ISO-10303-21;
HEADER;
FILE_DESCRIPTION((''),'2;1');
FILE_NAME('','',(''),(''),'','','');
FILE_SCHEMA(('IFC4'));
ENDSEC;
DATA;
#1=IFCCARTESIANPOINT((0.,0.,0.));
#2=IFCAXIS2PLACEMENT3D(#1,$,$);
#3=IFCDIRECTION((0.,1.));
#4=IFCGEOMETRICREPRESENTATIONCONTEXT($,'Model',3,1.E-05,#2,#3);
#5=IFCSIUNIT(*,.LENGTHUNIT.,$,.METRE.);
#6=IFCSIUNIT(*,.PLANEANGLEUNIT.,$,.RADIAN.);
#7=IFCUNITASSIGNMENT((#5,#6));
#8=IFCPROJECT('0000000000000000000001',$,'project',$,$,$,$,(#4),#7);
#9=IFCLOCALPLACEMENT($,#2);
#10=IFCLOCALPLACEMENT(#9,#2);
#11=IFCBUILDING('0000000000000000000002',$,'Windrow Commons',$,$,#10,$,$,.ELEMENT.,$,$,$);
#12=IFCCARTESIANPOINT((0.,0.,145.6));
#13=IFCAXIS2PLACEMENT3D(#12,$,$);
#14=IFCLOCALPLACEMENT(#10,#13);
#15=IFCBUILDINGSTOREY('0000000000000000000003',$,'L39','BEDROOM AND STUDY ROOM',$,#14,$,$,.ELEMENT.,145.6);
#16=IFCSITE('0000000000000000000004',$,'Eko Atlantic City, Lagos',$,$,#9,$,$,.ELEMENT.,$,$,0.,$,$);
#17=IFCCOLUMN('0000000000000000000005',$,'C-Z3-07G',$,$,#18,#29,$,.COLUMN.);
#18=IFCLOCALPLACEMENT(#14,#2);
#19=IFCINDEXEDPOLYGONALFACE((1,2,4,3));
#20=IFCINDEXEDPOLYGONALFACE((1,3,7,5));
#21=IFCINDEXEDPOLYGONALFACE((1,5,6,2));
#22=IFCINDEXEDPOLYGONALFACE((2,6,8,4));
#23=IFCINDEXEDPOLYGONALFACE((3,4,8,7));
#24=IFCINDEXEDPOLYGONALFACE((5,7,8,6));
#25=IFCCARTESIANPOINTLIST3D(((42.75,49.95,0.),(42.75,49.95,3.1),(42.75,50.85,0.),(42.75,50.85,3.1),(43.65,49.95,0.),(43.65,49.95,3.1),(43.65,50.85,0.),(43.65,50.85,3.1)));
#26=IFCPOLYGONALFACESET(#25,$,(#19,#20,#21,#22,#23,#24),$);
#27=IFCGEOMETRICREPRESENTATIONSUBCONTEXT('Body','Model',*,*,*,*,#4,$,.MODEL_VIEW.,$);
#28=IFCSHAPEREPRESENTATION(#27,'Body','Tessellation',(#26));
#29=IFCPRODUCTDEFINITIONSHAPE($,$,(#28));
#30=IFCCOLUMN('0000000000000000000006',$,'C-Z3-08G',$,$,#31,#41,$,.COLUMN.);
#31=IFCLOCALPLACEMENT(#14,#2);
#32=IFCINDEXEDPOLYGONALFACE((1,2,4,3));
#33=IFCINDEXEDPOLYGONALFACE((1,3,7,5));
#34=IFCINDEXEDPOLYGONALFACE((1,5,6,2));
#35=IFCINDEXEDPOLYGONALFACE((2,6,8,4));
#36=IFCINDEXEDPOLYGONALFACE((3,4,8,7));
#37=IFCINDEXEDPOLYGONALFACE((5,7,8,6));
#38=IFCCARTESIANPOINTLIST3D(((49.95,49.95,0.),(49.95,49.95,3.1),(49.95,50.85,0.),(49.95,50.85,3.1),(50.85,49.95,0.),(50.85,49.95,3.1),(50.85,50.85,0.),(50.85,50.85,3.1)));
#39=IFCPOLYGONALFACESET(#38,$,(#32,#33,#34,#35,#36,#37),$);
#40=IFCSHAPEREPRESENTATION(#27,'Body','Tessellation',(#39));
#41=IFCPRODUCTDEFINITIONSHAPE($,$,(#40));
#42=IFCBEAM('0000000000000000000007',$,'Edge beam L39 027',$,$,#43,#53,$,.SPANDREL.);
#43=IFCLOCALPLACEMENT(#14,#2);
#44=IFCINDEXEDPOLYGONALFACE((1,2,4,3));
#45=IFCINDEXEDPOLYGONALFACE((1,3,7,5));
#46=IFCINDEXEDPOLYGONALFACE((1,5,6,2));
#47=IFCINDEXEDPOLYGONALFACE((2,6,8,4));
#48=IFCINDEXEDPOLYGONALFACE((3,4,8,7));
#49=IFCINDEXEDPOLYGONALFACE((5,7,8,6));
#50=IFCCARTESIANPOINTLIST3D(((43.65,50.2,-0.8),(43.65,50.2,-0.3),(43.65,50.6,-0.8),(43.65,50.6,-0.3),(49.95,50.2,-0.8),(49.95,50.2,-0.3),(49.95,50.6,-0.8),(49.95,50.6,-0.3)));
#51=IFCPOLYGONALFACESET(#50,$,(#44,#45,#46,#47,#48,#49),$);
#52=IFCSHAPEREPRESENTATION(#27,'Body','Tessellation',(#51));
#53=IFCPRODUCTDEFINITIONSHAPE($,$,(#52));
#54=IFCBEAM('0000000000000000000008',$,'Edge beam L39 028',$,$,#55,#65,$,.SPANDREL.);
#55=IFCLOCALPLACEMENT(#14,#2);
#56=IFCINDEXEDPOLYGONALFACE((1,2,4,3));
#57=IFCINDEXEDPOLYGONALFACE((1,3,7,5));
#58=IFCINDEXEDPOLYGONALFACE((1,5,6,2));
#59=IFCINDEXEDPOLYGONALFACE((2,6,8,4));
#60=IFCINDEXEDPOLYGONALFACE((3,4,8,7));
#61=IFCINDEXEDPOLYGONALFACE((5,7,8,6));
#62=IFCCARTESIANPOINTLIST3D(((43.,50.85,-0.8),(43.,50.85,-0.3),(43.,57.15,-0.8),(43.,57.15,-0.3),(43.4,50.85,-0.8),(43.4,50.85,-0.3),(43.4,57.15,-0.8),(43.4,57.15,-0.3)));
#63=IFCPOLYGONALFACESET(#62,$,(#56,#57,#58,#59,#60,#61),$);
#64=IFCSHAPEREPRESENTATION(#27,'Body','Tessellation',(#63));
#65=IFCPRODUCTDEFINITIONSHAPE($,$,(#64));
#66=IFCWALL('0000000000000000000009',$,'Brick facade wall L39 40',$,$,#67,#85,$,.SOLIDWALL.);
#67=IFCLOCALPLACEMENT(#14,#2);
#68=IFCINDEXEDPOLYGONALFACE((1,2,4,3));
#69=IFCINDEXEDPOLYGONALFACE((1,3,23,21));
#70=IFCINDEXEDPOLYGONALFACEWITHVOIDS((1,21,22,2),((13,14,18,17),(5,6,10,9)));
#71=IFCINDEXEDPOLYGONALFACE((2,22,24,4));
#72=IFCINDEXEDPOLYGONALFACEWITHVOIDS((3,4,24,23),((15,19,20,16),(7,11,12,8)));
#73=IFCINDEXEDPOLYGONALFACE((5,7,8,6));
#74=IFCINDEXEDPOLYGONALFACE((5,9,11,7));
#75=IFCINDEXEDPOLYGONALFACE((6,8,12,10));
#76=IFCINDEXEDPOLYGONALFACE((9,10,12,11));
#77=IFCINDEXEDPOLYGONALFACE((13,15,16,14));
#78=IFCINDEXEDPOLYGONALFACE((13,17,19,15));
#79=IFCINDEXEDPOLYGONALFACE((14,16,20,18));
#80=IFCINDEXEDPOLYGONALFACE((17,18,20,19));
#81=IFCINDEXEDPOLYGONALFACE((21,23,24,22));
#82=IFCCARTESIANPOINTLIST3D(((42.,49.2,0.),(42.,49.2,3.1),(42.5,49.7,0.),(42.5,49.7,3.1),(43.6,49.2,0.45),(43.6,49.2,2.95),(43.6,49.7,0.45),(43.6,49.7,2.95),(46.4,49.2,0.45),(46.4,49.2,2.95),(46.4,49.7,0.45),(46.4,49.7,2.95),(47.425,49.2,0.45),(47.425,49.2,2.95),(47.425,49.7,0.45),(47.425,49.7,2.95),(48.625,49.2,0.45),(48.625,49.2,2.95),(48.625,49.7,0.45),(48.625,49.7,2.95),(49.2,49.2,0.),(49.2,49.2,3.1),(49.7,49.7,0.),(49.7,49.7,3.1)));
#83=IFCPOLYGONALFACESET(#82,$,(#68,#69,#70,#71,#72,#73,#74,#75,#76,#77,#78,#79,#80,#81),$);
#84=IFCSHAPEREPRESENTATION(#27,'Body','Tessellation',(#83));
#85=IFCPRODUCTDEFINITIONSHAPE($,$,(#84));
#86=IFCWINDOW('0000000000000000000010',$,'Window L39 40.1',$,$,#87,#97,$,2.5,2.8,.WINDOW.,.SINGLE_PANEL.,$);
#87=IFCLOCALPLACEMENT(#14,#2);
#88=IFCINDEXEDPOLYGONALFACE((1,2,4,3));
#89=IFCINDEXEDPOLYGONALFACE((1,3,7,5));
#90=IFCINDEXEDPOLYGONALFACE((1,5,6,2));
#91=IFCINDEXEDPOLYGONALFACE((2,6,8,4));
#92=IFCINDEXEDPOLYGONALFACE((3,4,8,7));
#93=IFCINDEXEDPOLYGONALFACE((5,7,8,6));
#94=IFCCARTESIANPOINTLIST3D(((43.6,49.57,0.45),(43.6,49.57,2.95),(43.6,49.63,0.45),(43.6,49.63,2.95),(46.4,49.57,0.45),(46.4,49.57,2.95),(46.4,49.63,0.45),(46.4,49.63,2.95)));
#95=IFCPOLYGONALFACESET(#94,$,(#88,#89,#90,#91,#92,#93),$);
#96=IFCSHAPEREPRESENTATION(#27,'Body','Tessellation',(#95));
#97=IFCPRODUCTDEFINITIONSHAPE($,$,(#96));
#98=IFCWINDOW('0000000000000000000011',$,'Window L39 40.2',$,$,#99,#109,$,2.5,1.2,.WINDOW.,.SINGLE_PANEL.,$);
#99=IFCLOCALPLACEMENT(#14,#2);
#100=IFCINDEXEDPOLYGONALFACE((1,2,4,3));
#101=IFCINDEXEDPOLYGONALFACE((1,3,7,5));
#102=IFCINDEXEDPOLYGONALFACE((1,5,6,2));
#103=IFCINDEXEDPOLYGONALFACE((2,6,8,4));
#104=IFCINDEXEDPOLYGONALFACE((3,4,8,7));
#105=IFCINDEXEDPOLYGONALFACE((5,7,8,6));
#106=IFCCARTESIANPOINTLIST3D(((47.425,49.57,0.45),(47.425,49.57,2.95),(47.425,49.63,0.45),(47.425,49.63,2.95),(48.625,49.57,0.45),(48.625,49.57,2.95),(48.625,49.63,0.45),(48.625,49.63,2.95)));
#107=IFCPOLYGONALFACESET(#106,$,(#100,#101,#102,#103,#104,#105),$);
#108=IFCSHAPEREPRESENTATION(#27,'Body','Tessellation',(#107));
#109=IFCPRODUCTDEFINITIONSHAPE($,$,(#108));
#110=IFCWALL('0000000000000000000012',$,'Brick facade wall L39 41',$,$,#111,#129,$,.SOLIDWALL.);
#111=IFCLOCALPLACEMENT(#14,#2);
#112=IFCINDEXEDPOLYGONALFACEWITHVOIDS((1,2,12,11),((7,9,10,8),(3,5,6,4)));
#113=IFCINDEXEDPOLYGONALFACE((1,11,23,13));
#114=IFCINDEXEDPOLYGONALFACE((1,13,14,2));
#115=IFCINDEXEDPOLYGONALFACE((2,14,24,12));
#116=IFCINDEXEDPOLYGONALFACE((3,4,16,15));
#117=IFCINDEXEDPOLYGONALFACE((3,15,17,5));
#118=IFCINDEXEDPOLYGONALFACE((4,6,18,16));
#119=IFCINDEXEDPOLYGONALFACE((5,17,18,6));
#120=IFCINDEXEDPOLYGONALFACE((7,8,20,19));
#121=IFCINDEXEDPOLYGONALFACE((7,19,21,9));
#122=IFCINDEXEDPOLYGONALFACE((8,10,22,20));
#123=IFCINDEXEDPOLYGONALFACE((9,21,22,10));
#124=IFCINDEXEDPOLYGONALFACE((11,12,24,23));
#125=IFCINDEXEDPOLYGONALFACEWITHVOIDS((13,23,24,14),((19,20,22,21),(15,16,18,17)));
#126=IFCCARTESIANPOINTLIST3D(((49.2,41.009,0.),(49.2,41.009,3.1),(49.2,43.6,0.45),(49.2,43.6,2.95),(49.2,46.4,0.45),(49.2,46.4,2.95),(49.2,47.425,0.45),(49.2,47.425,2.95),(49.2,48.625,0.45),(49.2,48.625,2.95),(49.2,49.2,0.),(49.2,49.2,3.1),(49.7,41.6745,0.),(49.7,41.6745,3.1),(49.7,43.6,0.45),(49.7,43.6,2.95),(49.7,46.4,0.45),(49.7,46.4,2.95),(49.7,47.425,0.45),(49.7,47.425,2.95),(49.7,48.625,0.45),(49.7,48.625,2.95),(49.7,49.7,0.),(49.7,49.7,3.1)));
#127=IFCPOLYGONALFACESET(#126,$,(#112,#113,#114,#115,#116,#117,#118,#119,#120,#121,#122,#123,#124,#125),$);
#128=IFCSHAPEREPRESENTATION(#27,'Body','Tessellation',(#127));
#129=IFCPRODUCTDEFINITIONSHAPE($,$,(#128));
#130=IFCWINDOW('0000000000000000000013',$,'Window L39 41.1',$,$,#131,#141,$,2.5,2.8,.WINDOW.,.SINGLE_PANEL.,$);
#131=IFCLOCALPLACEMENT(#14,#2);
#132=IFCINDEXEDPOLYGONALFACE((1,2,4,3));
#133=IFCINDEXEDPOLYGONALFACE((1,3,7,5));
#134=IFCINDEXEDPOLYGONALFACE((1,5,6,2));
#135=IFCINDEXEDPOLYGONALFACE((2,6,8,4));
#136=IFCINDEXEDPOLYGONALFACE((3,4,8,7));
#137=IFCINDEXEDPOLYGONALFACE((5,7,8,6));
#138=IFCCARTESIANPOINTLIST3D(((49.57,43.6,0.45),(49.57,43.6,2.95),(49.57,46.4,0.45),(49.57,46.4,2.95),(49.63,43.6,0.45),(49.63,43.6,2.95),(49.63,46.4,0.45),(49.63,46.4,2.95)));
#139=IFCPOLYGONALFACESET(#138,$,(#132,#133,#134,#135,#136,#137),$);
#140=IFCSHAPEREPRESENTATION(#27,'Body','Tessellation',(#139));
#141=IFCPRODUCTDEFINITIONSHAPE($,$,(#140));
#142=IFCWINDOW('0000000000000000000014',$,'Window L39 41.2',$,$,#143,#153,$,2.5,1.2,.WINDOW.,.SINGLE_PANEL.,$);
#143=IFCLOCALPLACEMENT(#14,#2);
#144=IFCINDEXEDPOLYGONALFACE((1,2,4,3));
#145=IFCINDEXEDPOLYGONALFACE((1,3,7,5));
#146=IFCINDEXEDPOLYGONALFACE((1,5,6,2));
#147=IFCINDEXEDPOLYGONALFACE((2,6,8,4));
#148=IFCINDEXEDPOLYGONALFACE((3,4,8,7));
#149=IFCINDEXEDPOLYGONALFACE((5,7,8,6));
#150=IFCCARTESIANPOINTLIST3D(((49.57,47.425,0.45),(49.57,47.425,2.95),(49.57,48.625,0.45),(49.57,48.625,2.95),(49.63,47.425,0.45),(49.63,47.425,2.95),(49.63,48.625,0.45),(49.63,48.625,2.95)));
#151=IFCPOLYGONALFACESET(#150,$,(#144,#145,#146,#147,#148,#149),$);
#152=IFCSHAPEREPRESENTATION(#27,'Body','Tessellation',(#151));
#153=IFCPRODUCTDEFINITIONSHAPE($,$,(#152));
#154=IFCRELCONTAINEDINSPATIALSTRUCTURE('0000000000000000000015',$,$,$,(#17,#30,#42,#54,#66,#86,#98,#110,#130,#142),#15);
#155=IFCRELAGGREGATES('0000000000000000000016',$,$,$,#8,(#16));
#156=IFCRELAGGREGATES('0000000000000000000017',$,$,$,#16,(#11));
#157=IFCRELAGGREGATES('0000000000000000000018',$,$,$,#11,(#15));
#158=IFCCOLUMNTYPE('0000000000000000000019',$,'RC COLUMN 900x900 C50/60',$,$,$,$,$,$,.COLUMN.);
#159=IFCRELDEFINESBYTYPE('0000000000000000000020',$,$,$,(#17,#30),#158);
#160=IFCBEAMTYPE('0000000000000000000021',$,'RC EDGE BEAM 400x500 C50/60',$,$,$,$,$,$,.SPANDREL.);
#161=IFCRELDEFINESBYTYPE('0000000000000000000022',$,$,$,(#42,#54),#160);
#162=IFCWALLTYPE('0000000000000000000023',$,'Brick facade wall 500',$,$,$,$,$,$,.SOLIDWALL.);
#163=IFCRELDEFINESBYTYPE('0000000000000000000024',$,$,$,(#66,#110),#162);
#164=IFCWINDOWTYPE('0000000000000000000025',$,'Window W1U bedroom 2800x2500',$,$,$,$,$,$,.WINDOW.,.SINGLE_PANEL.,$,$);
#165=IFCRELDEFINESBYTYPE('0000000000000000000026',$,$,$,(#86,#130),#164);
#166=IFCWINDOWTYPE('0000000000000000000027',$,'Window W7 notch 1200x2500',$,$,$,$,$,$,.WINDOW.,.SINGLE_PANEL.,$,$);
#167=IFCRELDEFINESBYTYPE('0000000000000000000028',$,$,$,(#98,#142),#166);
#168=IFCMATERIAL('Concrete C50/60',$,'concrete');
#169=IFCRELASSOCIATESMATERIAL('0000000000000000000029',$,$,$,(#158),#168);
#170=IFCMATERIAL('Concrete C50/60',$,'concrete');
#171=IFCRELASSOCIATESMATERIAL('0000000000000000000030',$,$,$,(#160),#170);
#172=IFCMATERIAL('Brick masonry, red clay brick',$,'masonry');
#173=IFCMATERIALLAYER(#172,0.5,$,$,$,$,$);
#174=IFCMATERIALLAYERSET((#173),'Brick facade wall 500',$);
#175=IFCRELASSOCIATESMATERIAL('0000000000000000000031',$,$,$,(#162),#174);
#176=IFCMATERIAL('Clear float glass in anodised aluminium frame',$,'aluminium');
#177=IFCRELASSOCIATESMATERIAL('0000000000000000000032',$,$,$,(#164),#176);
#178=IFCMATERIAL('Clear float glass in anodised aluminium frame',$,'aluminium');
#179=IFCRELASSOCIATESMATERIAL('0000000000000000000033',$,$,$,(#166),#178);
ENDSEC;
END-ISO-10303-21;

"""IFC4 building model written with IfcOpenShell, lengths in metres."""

from ifc_helpers import new_model, si_unit, direction, frame, frame_2d, origin, origin_2d, place, context, subcontext, project, spatial, polyline, rectangle, outline, extrude, material, layer, layer_set, material_profile, profile_set, type_object, element, fill, save


model = new_model("IFC4")

# Units and contexts
model_context = context("Model", 3, precision=1e-05, world=origin(), true_north=direction((0.0, 1.0)))
body_context = subcontext(model_context, "Body", "Model", "MODEL_VIEW")
ifc_project = project(units=[si_unit("LENGTHUNIT", "METRE"), si_unit("PLANEANGLEUNIT", "RADIAN")], contexts=[model_context])

# Site, building, storey
site_placement = place(None, origin())
site = spatial("IfcSite", under=ifc_project, at=site_placement, Name="Eko Atlantic City, Lagos", CompositionType="ELEMENT", RefElevation=0.0)
building_placement = place(site_placement, origin())
building = spatial("IfcBuilding", under=site, at=building_placement, Name="Windrow Commons", CompositionType="ELEMENT")
storey_placement = place(building_placement, frame((0.0, 0.0, 145.6)))
storey = spatial("IfcBuildingStorey", under=building, at=storey_placement, Name="L39", Description="BEDROOM AND STUDY ROOM", CompositionType="ELEMENT", Elevation=145.6)

# Columns
ifc_material_1 = material(Name="Concrete C50/60", Category="concrete")
ifc_material_profile_1 = material_profile(ifc_material_1, rectangle(XDim=0.9, YDim=0.9, at=origin_2d()))
ifc_profile_set_1 = profile_set([ifc_material_profile_1], Name="Concrete C50/60")
column_type = type_object("IfcColumnType", Name="RC COLUMN 900x900 C50/60", PredefinedType="COLUMN", material=ifc_profile_set_1)
for number, where, z_axis, x_axis, name in (
    (1, (43.2, 50.4, 0.0), (0.0, 0.0, 1.0), (1.0, 0.0, 0.0), "C-Z3-07G"),
    (2, (50.4, 50.4, 0.0), (0.0, 0.0, 1.0), (1.0, 0.0, 0.0), "C-Z3-08G"),
):
    element("IfcColumn", number, at=place(storey_placement, frame(where, z_axis=z_axis, x_axis=x_axis)), inside=storey, type_object=column_type, Name=name, PredefinedType="COLUMN", context=body_context, shape_type="SweptSolid", body=[
        extrude(rectangle(XDim=0.9, YDim=0.9, at=origin_2d()), origin(), (0.0, 0.0, 1.0), 3.1),
    ])

# Beams
ifc_material_2 = material(Name="Concrete C50/60", Category="concrete")
ifc_material_profile_2 = material_profile(ifc_material_2, rectangle(XDim=0.4, YDim=0.5, at=origin_2d()))
ifc_profile_set_2 = profile_set([ifc_material_profile_2], Name="Concrete C50/60")
beam_type = type_object("IfcBeamType", Name="RC EDGE BEAM 400x500 C50/60", PredefinedType="SPANDREL", material=ifc_profile_set_2)
for number, where, z_axis, x_axis, name in (
    (3, (49.95, 50.4, -0.55), (-1.0, 0.0, 0.0), (0.0, -1.0, 0.0), "Edge beam L39 027"),
    (4, (43.2, 50.85, -0.55), (0.0, 1.0, 0.0), (-1.0, 0.0, 0.0), "Edge beam L39 028"),
):
    element("IfcBeam", number, at=place(storey_placement, frame(where, z_axis=z_axis, x_axis=x_axis)), inside=storey, type_object=beam_type, Name=name, PredefinedType="SPANDREL", context=body_context, shape_type="SweptSolid", body=[
        extrude(rectangle(XDim=0.4, YDim=0.5, at=origin_2d()), origin(), (0.0, 0.0, 1.0), 6.3),
    ])

# Walls, openings, windows
ifc_material_3 = material(Name="Brick masonry, red clay brick", Category="masonry")
ifc_layer_1 = layer(ifc_material_3, 0.5)
ifc_layer_set_1 = layer_set([ifc_layer_1], Name="Brick facade wall 500")
wall_type_1 = type_object("IfcWallType", Name="Brick facade wall 500", PredefinedType="SOLIDWALL", material=ifc_layer_set_1)
wall_1_placement = place(storey_placement, frame((42.25, 49.45, 0.0), z_axis=(0.0, 0.0, 1.0), x_axis=(1.0, 0.0, 0.0)))
wall_1 = element("IfcWall", 5, at=wall_1_placement, inside=storey, type_object=wall_type_1, Name="Brick facade wall L39 40", PredefinedType="SOLIDWALL", context=body_context, shape_type="SweptSolid", body=[
    extrude(outline(polyline([(-0.25, -0.25), (6.95, -0.25), (7.45, 0.25), (0.25, 0.25), (-0.25, -0.25)])), origin(), (0.0, 0.0, 1.0), 3.1),
])
opening_1_placement = place(wall_1_placement, frame((1.35, 0.0, 0.45)))
opening_1 = element("IfcOpeningElement", 6, at=opening_1_placement, cuts=wall_1, PredefinedType="OPENING", context=body_context, shape_type="SweptSolid", body=[
    extrude(rectangle(XDim=2.8, YDim=2.5, at=frame_2d((1.4, 1.25))), frame((0.0, 0.26, 0.0), z_axis=(0.0, -1.0, 0.0), x_axis=(1.0, 0.0, 0.0)), (0.0, 0.0, 1.0), 0.52),
])
opening_2_placement = place(wall_1_placement, frame((5.175, 0.0, 0.45)))
opening_2 = element("IfcOpeningElement", 7, at=opening_2_placement, cuts=wall_1, PredefinedType="OPENING", context=body_context, shape_type="SweptSolid", body=[
    extrude(rectangle(XDim=1.2, YDim=2.5, at=frame_2d((0.6, 1.25))), frame((0.0, 0.26, 0.0), z_axis=(0.0, -1.0, 0.0), x_axis=(1.0, 0.0, 0.0)), (0.0, 0.0, 1.0), 0.52),
])
ifc_material_4 = material(Name="Clear float glass in anodised aluminium frame", Category="aluminium")
window_type_1 = type_object("IfcWindowType", Name="Window W1U bedroom 2800x2500", PartitioningType="SINGLE_PANEL", PredefinedType="WINDOW", material=ifc_material_4)
window_1_placement = place(opening_1_placement, origin())
window_1 = element("IfcWindow", 8, at=window_1_placement, inside=storey, type_object=window_type_1, Name="Window L39 40.1", OverallHeight=2.5, OverallWidth=2.8, PartitioningType="SINGLE_PANEL", PredefinedType="WINDOW", context=body_context, shape_type="SweptSolid", body=[
    extrude(rectangle(XDim=2.8, YDim=2.5, at=frame_2d((1.4, 1.25))), frame((0.0, 0.18, 0.0), z_axis=(0.0, -1.0, 0.0), x_axis=(1.0, 0.0, 0.0)), (0.0, 0.0, 1.0), 0.06),
])
fill(opening_1, window_1)
ifc_material_5 = material(Name="Clear float glass in anodised aluminium frame", Category="aluminium")
window_type_2 = type_object("IfcWindowType", Name="Window W7 notch 1200x2500", PartitioningType="SINGLE_PANEL", PredefinedType="WINDOW", material=ifc_material_5)
window_2_placement = place(opening_2_placement, origin())
window_2 = element("IfcWindow", 9, at=window_2_placement, inside=storey, type_object=window_type_2, Name="Window L39 40.2", OverallHeight=2.5, OverallWidth=1.2, PartitioningType="SINGLE_PANEL", PredefinedType="WINDOW", context=body_context, shape_type="SweptSolid", body=[
    extrude(rectangle(XDim=1.2, YDim=2.5, at=frame_2d((0.6, 1.25))), frame((0.0, 0.18, 0.0), z_axis=(0.0, -1.0, 0.0), x_axis=(1.0, 0.0, 0.0)), (0.0, 0.0, 1.0), 0.06),
])
fill(opening_2, window_2)
wall_2_placement = place(storey_placement, frame((49.45, 49.45, 0.0), z_axis=(0.0, 0.0, 1.0), x_axis=(0.0, -1.0, 0.0)))
wall_2 = element("IfcWall", 10, at=wall_2_placement, inside=storey, type_object=wall_type_1, Name="Brick facade wall L39 41", PredefinedType="SOLIDWALL", context=body_context, shape_type="SweptSolid", body=[
    extrude(outline(polyline([(0.25, -0.25), (8.441, -0.25), (7.7755, 0.25), (-0.25, 0.25), (0.25, -0.25)])), origin(), (0.0, 0.0, 1.0), 3.1),
])
opening_3_placement = place(wall_2_placement, frame((3.05, 0.0, 0.45)))
opening_3 = element("IfcOpeningElement", 11, at=opening_3_placement, cuts=wall_2, PredefinedType="OPENING", context=body_context, shape_type="SweptSolid", body=[
    extrude(rectangle(XDim=2.8, YDim=2.5, at=frame_2d((1.4, 1.25))), frame((0.0, 0.26, 0.0), z_axis=(0.0, -1.0, 0.0), x_axis=(1.0, 0.0, 0.0)), (0.0, 0.0, 1.0), 0.52),
])
opening_4_placement = place(wall_2_placement, frame((0.825, 0.0, 0.45)))
opening_4 = element("IfcOpeningElement", 12, at=opening_4_placement, cuts=wall_2, PredefinedType="OPENING", context=body_context, shape_type="SweptSolid", body=[
    extrude(rectangle(XDim=1.2, YDim=2.5, at=frame_2d((0.6, 1.25))), frame((0.0, 0.26, 0.0), z_axis=(0.0, -1.0, 0.0), x_axis=(1.0, 0.0, 0.0)), (0.0, 0.0, 1.0), 0.52),
])
window_3_placement = place(opening_3_placement, origin())
window_3 = element("IfcWindow", 13, at=window_3_placement, inside=storey, type_object=window_type_1, Name="Window L39 41.1", OverallHeight=2.5, OverallWidth=2.8, PartitioningType="SINGLE_PANEL", PredefinedType="WINDOW", context=body_context, shape_type="SweptSolid", body=[
    extrude(rectangle(XDim=2.8, YDim=2.5, at=frame_2d((1.4, 1.25))), frame((0.0, 0.18, 0.0), z_axis=(0.0, -1.0, 0.0), x_axis=(1.0, 0.0, 0.0)), (0.0, 0.0, 1.0), 0.06),
])
fill(opening_3, window_3)
window_4_placement = place(opening_4_placement, origin())
window_4 = element("IfcWindow", 14, at=window_4_placement, inside=storey, type_object=window_type_2, Name="Window L39 41.2", OverallHeight=2.5, OverallWidth=1.2, PartitioningType="SINGLE_PANEL", PredefinedType="WINDOW", context=body_context, shape_type="SweptSolid", body=[
    extrude(rectangle(XDim=1.2, YDim=2.5, at=frame_2d((0.6, 1.25))), frame((0.0, 0.18, 0.0), z_axis=(0.0, -1.0, 0.0), x_axis=(1.0, 0.0, 0.0)), (0.0, 0.0, 1.0), 0.06),
])
fill(opening_4, window_4)

save(model, "model.ifc")
